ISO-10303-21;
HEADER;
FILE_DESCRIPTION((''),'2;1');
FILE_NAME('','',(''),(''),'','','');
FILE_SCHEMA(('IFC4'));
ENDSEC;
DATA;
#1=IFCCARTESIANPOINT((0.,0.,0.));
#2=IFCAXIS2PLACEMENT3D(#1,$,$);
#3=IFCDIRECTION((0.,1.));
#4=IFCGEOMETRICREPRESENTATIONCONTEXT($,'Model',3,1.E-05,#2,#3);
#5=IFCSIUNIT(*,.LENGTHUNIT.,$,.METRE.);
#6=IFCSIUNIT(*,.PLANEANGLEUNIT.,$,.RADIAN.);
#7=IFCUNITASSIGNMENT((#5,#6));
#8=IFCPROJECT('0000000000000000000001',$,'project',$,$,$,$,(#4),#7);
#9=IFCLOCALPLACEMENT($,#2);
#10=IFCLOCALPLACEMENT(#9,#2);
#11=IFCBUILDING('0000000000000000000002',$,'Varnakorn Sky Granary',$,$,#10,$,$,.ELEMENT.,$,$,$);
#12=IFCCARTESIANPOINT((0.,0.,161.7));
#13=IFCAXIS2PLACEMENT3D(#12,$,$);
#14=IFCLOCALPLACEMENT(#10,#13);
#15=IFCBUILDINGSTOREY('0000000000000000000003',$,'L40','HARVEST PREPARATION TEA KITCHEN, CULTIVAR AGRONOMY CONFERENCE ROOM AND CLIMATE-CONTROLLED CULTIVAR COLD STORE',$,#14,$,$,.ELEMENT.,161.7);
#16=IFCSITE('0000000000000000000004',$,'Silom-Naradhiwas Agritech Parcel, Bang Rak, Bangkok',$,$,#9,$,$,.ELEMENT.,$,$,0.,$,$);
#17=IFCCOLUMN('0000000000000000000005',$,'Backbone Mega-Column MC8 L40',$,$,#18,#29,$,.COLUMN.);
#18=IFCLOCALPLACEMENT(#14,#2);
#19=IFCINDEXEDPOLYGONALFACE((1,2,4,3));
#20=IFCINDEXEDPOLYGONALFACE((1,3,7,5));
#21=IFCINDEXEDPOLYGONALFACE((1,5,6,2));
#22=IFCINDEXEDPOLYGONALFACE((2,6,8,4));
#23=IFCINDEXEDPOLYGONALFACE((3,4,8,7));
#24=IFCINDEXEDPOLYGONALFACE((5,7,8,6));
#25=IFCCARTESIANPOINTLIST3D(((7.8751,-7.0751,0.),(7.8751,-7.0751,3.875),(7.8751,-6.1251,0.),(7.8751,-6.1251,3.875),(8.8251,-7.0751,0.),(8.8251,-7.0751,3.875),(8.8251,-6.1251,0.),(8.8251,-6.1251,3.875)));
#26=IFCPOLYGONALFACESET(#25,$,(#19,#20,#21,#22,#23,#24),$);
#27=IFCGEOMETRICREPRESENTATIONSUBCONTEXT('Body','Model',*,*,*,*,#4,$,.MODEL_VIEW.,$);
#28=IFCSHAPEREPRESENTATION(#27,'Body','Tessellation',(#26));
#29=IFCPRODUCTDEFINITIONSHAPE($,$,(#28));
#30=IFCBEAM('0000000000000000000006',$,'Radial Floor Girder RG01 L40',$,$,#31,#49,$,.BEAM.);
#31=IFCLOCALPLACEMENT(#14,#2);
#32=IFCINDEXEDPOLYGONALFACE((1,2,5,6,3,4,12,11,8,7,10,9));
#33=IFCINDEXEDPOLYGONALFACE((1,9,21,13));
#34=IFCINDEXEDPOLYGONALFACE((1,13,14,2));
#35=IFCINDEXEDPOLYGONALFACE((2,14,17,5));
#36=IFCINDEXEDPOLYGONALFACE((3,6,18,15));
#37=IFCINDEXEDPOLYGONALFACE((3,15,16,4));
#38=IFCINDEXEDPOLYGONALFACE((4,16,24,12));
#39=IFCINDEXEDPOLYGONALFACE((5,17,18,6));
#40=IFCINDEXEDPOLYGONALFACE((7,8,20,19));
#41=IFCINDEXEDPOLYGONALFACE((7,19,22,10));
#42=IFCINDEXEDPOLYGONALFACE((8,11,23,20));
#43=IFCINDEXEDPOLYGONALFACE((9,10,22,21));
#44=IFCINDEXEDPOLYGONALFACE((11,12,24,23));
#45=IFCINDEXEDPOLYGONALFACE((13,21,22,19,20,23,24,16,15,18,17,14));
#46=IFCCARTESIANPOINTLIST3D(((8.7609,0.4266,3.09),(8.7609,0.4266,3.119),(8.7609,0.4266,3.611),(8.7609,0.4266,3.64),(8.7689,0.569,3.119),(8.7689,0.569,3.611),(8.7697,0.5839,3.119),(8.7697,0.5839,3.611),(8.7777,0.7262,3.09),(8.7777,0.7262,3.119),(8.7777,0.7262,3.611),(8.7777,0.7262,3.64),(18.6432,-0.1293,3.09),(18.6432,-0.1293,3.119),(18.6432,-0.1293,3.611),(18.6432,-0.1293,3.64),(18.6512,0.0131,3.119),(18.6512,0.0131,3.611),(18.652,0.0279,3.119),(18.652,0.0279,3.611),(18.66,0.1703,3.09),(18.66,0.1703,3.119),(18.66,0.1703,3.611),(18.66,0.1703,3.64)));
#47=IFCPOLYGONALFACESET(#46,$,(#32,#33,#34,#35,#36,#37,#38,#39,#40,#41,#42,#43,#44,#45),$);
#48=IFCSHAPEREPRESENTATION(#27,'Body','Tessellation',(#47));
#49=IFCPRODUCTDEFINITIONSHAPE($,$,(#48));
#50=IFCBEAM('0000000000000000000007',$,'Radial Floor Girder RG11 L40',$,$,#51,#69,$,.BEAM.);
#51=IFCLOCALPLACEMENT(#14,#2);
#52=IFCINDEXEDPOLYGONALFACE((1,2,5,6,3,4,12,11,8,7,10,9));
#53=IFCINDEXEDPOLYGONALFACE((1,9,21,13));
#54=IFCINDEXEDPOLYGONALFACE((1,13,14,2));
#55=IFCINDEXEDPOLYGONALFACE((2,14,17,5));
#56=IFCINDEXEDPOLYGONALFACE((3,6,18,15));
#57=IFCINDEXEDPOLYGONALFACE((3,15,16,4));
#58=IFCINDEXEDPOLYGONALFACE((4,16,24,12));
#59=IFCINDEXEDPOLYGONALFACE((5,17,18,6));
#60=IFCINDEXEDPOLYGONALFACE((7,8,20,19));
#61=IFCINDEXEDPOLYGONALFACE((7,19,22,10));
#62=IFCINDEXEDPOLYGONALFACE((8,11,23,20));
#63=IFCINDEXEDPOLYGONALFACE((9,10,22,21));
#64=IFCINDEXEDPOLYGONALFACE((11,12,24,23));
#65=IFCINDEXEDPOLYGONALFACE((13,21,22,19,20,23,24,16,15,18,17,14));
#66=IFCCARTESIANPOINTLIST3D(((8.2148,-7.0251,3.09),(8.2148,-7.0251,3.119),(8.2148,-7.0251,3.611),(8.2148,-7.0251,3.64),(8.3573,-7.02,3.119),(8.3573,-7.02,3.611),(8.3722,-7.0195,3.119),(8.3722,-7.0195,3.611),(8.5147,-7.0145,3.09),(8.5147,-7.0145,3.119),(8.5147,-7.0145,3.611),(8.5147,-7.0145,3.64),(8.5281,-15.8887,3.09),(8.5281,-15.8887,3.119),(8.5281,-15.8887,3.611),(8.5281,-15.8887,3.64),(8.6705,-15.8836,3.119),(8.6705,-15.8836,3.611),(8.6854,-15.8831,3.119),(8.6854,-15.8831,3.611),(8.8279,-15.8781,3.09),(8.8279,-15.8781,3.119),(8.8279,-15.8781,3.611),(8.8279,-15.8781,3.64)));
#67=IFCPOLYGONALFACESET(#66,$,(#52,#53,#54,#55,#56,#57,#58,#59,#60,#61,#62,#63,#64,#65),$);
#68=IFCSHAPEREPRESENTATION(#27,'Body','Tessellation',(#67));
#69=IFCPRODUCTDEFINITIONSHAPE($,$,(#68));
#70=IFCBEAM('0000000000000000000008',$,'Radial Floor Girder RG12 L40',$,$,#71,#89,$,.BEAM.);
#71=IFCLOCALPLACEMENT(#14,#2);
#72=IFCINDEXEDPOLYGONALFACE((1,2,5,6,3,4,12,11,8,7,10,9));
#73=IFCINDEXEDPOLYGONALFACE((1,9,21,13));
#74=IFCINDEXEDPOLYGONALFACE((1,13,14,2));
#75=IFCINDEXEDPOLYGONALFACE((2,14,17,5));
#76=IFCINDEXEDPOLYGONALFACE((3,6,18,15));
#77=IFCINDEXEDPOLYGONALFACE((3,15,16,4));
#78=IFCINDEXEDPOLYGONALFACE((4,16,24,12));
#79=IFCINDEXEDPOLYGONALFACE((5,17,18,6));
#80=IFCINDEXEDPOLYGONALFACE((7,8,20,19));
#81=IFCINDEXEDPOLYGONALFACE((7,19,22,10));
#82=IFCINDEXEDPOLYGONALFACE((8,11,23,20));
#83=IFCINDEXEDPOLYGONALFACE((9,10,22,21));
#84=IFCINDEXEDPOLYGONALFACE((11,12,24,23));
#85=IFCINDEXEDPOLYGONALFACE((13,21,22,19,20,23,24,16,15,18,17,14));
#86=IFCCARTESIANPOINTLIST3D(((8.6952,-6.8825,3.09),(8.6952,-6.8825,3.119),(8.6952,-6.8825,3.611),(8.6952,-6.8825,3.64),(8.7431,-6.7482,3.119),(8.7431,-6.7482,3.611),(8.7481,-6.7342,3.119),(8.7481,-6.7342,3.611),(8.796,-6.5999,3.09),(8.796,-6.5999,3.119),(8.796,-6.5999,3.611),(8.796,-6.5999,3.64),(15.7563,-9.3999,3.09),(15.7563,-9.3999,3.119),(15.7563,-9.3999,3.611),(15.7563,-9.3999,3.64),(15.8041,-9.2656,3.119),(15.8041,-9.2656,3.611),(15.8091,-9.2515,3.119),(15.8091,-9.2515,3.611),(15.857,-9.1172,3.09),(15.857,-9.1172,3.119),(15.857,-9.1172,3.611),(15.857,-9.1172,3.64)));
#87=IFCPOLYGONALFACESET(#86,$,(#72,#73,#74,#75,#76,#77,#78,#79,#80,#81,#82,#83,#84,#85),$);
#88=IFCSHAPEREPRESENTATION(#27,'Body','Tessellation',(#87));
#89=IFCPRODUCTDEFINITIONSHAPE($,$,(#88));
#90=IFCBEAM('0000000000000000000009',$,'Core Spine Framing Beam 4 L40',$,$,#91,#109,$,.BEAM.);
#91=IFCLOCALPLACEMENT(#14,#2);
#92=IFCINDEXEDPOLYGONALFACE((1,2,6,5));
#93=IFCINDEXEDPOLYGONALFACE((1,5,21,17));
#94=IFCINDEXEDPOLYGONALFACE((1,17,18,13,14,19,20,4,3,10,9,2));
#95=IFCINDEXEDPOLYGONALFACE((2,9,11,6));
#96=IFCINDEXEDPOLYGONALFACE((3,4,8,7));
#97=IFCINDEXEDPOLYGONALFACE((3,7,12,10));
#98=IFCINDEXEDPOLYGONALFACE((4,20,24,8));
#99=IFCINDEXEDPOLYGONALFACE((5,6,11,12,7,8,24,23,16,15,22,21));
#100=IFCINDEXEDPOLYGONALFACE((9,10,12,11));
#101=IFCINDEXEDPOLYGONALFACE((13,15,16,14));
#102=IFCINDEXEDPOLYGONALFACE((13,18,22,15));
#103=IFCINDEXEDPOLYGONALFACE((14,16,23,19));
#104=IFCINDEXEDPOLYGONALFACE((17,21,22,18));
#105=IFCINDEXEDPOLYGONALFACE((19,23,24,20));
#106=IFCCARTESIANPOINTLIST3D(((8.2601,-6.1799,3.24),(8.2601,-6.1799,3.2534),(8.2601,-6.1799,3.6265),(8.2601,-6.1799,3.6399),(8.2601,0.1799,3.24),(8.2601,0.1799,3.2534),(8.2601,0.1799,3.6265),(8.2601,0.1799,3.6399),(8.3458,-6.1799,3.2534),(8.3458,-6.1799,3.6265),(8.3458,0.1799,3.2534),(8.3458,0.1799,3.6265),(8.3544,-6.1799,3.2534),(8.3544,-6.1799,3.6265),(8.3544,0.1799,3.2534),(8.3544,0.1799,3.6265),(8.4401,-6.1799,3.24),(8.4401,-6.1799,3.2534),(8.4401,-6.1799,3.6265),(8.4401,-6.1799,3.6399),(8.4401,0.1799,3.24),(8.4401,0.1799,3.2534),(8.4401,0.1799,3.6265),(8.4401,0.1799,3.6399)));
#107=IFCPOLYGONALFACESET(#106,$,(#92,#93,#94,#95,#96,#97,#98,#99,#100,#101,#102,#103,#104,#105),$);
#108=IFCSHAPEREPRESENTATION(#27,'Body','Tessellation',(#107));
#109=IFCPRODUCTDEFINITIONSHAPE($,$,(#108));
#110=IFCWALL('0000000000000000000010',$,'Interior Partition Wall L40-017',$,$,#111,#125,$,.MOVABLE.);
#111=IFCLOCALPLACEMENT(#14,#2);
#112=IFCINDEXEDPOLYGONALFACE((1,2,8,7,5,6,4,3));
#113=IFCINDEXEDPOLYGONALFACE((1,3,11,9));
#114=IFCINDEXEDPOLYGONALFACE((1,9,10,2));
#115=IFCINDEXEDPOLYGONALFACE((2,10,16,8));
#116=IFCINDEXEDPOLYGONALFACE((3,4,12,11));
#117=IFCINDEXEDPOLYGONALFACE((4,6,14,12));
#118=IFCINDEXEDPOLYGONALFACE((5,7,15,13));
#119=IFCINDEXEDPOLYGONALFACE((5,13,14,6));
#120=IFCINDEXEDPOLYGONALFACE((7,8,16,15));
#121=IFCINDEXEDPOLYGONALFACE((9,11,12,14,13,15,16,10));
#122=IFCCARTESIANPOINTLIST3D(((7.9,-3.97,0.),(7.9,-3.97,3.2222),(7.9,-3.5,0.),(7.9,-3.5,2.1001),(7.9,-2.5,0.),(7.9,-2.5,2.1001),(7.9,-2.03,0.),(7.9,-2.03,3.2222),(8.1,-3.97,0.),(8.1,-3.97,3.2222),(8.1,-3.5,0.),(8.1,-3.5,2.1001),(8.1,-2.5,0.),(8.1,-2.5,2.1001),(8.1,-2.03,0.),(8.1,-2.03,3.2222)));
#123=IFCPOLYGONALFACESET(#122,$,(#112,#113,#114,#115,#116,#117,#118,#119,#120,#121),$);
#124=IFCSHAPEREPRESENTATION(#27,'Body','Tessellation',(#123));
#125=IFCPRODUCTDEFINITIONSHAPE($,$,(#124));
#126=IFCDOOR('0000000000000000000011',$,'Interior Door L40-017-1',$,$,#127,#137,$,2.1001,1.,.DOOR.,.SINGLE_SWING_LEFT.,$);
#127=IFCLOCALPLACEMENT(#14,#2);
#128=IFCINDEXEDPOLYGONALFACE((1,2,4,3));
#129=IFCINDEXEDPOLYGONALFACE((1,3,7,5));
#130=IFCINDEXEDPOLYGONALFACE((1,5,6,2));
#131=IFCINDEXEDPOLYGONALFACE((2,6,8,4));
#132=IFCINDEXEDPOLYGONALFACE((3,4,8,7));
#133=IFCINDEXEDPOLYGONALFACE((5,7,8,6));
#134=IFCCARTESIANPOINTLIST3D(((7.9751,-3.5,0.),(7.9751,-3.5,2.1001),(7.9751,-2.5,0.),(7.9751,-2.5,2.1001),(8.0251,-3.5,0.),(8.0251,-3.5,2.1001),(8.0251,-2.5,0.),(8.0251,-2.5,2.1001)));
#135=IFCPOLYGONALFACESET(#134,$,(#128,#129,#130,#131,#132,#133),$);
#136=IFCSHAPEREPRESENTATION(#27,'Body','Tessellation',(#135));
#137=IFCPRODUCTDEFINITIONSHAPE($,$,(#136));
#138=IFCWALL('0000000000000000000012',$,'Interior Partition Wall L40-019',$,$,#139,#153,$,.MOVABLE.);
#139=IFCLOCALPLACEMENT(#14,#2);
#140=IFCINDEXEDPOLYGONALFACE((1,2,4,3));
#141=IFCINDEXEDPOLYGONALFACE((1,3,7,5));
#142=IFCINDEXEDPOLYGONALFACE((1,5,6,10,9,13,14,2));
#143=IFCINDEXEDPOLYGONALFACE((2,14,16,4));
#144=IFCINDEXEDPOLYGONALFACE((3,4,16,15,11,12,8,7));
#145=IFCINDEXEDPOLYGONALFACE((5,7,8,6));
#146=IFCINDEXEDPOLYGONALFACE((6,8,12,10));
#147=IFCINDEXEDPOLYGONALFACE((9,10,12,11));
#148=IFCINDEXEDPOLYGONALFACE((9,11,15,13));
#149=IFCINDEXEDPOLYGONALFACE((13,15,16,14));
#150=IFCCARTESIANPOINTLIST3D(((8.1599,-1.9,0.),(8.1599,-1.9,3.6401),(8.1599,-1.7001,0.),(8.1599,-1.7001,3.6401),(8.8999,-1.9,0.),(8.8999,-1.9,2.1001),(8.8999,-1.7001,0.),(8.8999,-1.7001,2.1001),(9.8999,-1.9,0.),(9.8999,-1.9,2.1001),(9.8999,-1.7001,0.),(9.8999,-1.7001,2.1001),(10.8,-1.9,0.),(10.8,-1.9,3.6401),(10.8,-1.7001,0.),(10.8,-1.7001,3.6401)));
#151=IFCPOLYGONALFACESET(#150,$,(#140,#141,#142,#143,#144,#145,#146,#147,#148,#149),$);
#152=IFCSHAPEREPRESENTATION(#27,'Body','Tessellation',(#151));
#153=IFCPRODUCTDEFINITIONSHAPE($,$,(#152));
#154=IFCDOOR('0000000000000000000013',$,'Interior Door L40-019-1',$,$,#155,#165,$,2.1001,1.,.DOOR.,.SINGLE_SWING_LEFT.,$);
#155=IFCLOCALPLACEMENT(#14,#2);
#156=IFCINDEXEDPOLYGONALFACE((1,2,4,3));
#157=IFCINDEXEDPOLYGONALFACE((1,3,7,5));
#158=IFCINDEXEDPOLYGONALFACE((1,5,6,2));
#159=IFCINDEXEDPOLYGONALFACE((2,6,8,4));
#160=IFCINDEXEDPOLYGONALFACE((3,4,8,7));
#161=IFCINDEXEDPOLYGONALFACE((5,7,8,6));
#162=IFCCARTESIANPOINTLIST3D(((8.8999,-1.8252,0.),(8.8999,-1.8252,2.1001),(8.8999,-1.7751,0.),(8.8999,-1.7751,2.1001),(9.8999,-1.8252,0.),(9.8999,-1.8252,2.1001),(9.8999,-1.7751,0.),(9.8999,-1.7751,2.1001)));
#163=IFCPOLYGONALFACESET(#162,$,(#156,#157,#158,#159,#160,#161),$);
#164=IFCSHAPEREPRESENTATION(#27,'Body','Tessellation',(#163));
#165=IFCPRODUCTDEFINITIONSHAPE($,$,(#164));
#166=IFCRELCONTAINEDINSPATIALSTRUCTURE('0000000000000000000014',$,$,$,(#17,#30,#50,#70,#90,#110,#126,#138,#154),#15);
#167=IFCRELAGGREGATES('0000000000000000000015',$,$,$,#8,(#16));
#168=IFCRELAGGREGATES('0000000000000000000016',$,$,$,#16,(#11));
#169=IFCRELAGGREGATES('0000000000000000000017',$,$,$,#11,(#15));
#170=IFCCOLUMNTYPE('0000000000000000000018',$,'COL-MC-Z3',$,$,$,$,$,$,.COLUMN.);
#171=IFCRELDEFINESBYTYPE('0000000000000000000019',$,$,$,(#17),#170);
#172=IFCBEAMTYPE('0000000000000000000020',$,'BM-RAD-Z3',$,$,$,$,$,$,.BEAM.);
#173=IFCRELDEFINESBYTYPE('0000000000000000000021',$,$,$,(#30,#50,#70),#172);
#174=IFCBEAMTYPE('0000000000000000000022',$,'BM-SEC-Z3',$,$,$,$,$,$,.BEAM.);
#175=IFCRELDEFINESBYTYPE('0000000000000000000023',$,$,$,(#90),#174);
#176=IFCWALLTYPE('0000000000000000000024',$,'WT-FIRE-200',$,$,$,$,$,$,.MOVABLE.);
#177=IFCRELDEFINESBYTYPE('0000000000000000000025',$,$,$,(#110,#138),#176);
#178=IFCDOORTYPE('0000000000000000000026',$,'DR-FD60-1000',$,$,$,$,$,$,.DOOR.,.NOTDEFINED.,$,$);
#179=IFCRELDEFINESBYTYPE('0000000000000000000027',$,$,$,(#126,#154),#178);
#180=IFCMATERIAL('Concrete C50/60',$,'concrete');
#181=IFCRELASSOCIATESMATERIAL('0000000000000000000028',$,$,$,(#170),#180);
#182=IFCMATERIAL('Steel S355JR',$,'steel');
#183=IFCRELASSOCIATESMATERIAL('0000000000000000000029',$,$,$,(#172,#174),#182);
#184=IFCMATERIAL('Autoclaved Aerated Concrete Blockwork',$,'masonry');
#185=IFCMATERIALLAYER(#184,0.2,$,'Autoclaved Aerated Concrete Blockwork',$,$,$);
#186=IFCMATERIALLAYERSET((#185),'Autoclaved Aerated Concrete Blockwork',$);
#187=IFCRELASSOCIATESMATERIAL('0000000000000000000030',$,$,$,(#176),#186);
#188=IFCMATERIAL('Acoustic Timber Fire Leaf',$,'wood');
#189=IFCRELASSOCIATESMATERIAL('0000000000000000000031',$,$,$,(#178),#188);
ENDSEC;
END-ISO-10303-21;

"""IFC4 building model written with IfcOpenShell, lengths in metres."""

from ifc_helpers import new_model, si_unit, direction, frame, frame_2d, origin, origin_2d, place, context, subcontext, project, spatial, rectangle, i_section, extrude, material, layer, layer_set, material_profile, profile_set, type_object, element, fill, save


model = new_model("IFC4")

# Units and contexts
model_context = context("Model", 3, precision=1e-05, world=origin(), true_north=direction((0.0, 1.0)))
body_context = subcontext(model_context, "Body", "Model", "MODEL_VIEW")
ifc_project = project(units=[si_unit("LENGTHUNIT", "METRE"), si_unit("PLANEANGLEUNIT", "RADIAN")], contexts=[model_context])

# Site, building, storey
site_placement = place(None, origin())
site = spatial("IfcSite", under=ifc_project, at=site_placement, Name="Silom-Naradhiwas Agritech Parcel, Bang Rak, Bangkok", CompositionType="ELEMENT", RefElevation=0.0)
building_placement = place(site_placement, origin())
building = spatial("IfcBuilding", under=site, at=building_placement, Name="Varnakorn Sky Granary", CompositionType="ELEMENT")
storey_placement = place(building_placement, frame((0.0, 0.0, 161.7)))
storey = spatial("IfcBuildingStorey", under=building, at=storey_placement, Name="L40", Description="HARVEST PREPARATION TEA KITCHEN, CULTIVAR AGRONOMY CONFERENCE ROOM AND CLIMATE-CONTROLLED CULTIVAR COLD STORE", CompositionType="ELEMENT", Elevation=161.7)

# Column
ifc_material_1 = material(Name="Concrete C50/60", Category="concrete")
ifc_material_profile_1 = material_profile(ifc_material_1, rectangle(XDim=0.95, YDim=0.95, at=origin_2d()), Name="RC 950x950")
ifc_profile_set_1 = profile_set([ifc_material_profile_1], Name="Concrete C50/60")
column_type = type_object("IfcColumnType", Name="COL-MC-Z3", PredefinedType="COLUMN", material=ifc_profile_set_1)
column_placement = place(storey_placement, frame((8.3501, -6.6001, 0.0), z_axis=(0.0, 0.0, 1.0), x_axis=(1.0, 0.0, 0.0)))
element("IfcColumn", 1, at=column_placement, inside=storey, type_object=column_type, Name="Backbone Mega-Column MC8 L40", PredefinedType="COLUMN", context=body_context, shape_type="SweptSolid", body=[
    extrude(rectangle(XDim=0.95, YDim=0.95, at=origin_2d()), origin(), (0.0, 0.0, 1.0), 3.875),
])

# Beams
ifc_material_2 = material(Name="Steel S355JR", Category="steel")
ifc_material_profile_2 = material_profile(ifc_material_2, i_section(OverallWidth=0.3, OverallDepth=0.55, WebThickness=0.0149, FlangeThickness=0.0291, at=origin_2d()), Name="HE 550 B")
ifc_profile_set_2 = profile_set([ifc_material_profile_2], Name="Steel S355JR")
beam_type_1 = type_object("IfcBeamType", Name="BM-RAD-Z3", PredefinedType="BEAM", material=ifc_profile_set_2)
beam_1_placement = place(storey_placement, frame((8.7693, 0.5764, 3.365), z_axis=(0.998422, -0.056164, 0.0), x_axis=(0.056164, 0.998422, 0.0)))
element("IfcBeam", 2, at=beam_1_placement, inside=storey, type_object=beam_type_1, Name="Radial Floor Girder RG01 L40", PredefinedType="BEAM", context=body_context, shape_type="SweptSolid", body=[
    extrude(i_section(OverallWidth=0.3, OverallDepth=0.55, WebThickness=0.0149, FlangeThickness=0.0291, at=origin_2d()), origin(), (0.0, 0.0, 1.0), 9.8979),
])
beam_2_placement = place(storey_placement, frame((8.3647, -7.0198, 3.365), z_axis=(0.035317, -0.999376, 0.0), x_axis=(0.999376, 0.035317, 0.0)))
element("IfcBeam", 3, at=beam_2_placement, inside=storey, type_object=beam_type_1, Name="Radial Floor Girder RG11 L40", PredefinedType="BEAM", context=body_context, shape_type="SweptSolid", body=[
    extrude(i_section(OverallWidth=0.3, OverallDepth=0.55, WebThickness=0.0149, FlangeThickness=0.0291, at=origin_2d()), origin(), (0.0, 0.0, 1.0), 8.8691),
])
beam_3_placement = place(storey_placement, frame((8.7456, -6.7412, 3.365), z_axis=(0.94193, -0.335808, 0.0), x_axis=(0.335808, 0.94193, 0.0)))
element("IfcBeam", 4, at=beam_3_placement, inside=storey, type_object=beam_type_1, Name="Radial Floor Girder RG12 L40", PredefinedType="BEAM", context=body_context, shape_type="SweptSolid", body=[
    extrude(i_section(OverallWidth=0.3, OverallDepth=0.55, WebThickness=0.0149, FlangeThickness=0.0291, at=origin_2d()), origin(), (0.0, 0.0, 1.0), 7.4963),
])
ifc_material_profile_3 = material_profile(ifc_material_2, i_section(OverallWidth=0.1799, OverallDepth=0.3999, WebThickness=0.0085, FlangeThickness=0.0134, at=origin_2d()), Name="IPE 400")
ifc_profile_set_3 = profile_set([ifc_material_profile_3], Name="Steel S355JR")
beam_type_2 = type_object("IfcBeamType", Name="BM-SEC-Z3", PredefinedType="BEAM", material=ifc_profile_set_3)
beam_4_placement = place(storey_placement, frame((8.3501, 0.1799, 3.4399), z_axis=(0.0, -1.0, 0.0), x_axis=(1.0, 0.0, 0.0)))
element("IfcBeam", 5, at=beam_4_placement, inside=storey, type_object=beam_type_2, Name="Core Spine Framing Beam 4 L40", PredefinedType="BEAM", context=body_context, shape_type="SweptSolid", body=[
    extrude(i_section(OverallWidth=0.1799, OverallDepth=0.3999, WebThickness=0.0085, FlangeThickness=0.0134, at=origin_2d()), origin(), (0.0, 0.0, 1.0), 6.3599),
])

# Walls, openings, doors
ifc_material_3 = material(Name="Autoclaved Aerated Concrete Blockwork", Category="masonry")
ifc_layer_1 = layer(ifc_material_3, 0.2, Name="Autoclaved Aerated Concrete Blockwork")
ifc_layer_set_1 = layer_set([ifc_layer_1], Name="Autoclaved Aerated Concrete Blockwork")
wall_type_1 = type_object("IfcWallType", Name="WT-FIRE-200", PredefinedType="MOVABLE", material=ifc_layer_set_1)
wall_1_placement = place(storey_placement, frame((8.0, -3.97, 0.0), z_axis=(0.0, 0.0, 1.0), x_axis=(0.0, 1.0, 0.0)))
wall_1 = element("IfcWall", 6, at=wall_1_placement, inside=storey, type_object=wall_type_1, Name="Interior Partition Wall L40-017", PredefinedType="MOVABLE", context=body_context, shape_type="SweptSolid", body=[
    extrude(rectangle(XDim=1.9399, YDim=0.2, at=frame_2d((0.97, 0.0))), origin(), (0.0, 0.0, 1.0), 3.2222),
])
opening_1_placement = place(wall_1_placement, frame((0.47, 0.0, 0.0)))
opening_1 = element("IfcOpeningElement", 7, at=opening_1_placement, cuts=wall_1, PredefinedType="OPENING", context=body_context, shape_type="SweptSolid", body=[
    extrude(rectangle(XDim=1.0, YDim=2.1001, at=frame_2d((0.5, 1.05))), frame((0.0, 0.1099, 0.0), z_axis=(0.0, -1.0, 0.0), x_axis=(1.0, 0.0, 0.0)), (0.0, 0.0, 1.0), 0.22),
])
ifc_material_4 = material(Name="Acoustic Timber Fire Leaf", Category="wood")
door_type_1 = type_object("IfcDoorType", Name="DR-FD60-1000", OperationType="NOTDEFINED", PredefinedType="DOOR", material=ifc_material_4)
door_1_placement = place(opening_1_placement, origin())
door_1 = element("IfcDoor", 8, at=door_1_placement, inside=storey, type_object=door_type_1, Name="Interior Door L40-017-1", OperationType="SINGLE_SWING_LEFT", OverallHeight=2.1001, OverallWidth=1.0, PredefinedType="DOOR", context=body_context, shape_type="SweptSolid", body=[
    extrude(rectangle(XDim=1.0, YDim=2.1001, at=frame_2d((0.5, 1.05))), frame((0.0, 0.0249, 0.0), z_axis=(0.0, -1.0, 0.0), x_axis=(1.0, 0.0, 0.0)), (0.0, 0.0, 1.0), 0.05),
])
fill(opening_1, door_1)
wall_2_placement = place(storey_placement, frame((8.1599, -1.8, 0.0), z_axis=(0.0, 0.0, 1.0), x_axis=(1.0, 0.0, 0.0)))
wall_2 = element("IfcWall", 9, at=wall_2_placement, inside=storey, type_object=wall_type_1, Name="Interior Partition Wall L40-019", PredefinedType="MOVABLE", context=body_context, shape_type="SweptSolid", body=[
    extrude(rectangle(XDim=2.6401, YDim=0.2, at=frame_2d((1.3201, 0.0))), origin(), (0.0, 0.0, 1.0), 3.6401),
])
opening_2_placement = place(wall_2_placement, frame((0.74, 0.0, 0.0)))
opening_2 = element("IfcOpeningElement", 10, at=opening_2_placement, cuts=wall_2, PredefinedType="OPENING", context=body_context, shape_type="SweptSolid", body=[
    extrude(rectangle(XDim=1.0, YDim=2.1001, at=frame_2d((0.5, 1.05))), frame((0.0, 0.1099, 0.0), z_axis=(0.0, -1.0, 0.0), x_axis=(1.0, 0.0, 0.0)), (0.0, 0.0, 1.0), 0.22),
])
door_2_placement = place(opening_2_placement, origin())
door_2 = element("IfcDoor", 11, at=door_2_placement, inside=storey, type_object=door_type_1, Name="Interior Door L40-019-1", OperationType="SINGLE_SWING_LEFT", OverallHeight=2.1001, OverallWidth=1.0, PredefinedType="DOOR", context=body_context, shape_type="SweptSolid", body=[
    extrude(rectangle(XDim=1.0, YDim=2.1001, at=frame_2d((0.5, 1.05))), frame((0.0, 0.0249, 0.0), z_axis=(0.0, -1.0, 0.0), x_axis=(1.0, 0.0, 0.0)), (0.0, 0.0, 1.0), 0.05),
])
fill(opening_2, door_2)

save(model, "model.ifc")
